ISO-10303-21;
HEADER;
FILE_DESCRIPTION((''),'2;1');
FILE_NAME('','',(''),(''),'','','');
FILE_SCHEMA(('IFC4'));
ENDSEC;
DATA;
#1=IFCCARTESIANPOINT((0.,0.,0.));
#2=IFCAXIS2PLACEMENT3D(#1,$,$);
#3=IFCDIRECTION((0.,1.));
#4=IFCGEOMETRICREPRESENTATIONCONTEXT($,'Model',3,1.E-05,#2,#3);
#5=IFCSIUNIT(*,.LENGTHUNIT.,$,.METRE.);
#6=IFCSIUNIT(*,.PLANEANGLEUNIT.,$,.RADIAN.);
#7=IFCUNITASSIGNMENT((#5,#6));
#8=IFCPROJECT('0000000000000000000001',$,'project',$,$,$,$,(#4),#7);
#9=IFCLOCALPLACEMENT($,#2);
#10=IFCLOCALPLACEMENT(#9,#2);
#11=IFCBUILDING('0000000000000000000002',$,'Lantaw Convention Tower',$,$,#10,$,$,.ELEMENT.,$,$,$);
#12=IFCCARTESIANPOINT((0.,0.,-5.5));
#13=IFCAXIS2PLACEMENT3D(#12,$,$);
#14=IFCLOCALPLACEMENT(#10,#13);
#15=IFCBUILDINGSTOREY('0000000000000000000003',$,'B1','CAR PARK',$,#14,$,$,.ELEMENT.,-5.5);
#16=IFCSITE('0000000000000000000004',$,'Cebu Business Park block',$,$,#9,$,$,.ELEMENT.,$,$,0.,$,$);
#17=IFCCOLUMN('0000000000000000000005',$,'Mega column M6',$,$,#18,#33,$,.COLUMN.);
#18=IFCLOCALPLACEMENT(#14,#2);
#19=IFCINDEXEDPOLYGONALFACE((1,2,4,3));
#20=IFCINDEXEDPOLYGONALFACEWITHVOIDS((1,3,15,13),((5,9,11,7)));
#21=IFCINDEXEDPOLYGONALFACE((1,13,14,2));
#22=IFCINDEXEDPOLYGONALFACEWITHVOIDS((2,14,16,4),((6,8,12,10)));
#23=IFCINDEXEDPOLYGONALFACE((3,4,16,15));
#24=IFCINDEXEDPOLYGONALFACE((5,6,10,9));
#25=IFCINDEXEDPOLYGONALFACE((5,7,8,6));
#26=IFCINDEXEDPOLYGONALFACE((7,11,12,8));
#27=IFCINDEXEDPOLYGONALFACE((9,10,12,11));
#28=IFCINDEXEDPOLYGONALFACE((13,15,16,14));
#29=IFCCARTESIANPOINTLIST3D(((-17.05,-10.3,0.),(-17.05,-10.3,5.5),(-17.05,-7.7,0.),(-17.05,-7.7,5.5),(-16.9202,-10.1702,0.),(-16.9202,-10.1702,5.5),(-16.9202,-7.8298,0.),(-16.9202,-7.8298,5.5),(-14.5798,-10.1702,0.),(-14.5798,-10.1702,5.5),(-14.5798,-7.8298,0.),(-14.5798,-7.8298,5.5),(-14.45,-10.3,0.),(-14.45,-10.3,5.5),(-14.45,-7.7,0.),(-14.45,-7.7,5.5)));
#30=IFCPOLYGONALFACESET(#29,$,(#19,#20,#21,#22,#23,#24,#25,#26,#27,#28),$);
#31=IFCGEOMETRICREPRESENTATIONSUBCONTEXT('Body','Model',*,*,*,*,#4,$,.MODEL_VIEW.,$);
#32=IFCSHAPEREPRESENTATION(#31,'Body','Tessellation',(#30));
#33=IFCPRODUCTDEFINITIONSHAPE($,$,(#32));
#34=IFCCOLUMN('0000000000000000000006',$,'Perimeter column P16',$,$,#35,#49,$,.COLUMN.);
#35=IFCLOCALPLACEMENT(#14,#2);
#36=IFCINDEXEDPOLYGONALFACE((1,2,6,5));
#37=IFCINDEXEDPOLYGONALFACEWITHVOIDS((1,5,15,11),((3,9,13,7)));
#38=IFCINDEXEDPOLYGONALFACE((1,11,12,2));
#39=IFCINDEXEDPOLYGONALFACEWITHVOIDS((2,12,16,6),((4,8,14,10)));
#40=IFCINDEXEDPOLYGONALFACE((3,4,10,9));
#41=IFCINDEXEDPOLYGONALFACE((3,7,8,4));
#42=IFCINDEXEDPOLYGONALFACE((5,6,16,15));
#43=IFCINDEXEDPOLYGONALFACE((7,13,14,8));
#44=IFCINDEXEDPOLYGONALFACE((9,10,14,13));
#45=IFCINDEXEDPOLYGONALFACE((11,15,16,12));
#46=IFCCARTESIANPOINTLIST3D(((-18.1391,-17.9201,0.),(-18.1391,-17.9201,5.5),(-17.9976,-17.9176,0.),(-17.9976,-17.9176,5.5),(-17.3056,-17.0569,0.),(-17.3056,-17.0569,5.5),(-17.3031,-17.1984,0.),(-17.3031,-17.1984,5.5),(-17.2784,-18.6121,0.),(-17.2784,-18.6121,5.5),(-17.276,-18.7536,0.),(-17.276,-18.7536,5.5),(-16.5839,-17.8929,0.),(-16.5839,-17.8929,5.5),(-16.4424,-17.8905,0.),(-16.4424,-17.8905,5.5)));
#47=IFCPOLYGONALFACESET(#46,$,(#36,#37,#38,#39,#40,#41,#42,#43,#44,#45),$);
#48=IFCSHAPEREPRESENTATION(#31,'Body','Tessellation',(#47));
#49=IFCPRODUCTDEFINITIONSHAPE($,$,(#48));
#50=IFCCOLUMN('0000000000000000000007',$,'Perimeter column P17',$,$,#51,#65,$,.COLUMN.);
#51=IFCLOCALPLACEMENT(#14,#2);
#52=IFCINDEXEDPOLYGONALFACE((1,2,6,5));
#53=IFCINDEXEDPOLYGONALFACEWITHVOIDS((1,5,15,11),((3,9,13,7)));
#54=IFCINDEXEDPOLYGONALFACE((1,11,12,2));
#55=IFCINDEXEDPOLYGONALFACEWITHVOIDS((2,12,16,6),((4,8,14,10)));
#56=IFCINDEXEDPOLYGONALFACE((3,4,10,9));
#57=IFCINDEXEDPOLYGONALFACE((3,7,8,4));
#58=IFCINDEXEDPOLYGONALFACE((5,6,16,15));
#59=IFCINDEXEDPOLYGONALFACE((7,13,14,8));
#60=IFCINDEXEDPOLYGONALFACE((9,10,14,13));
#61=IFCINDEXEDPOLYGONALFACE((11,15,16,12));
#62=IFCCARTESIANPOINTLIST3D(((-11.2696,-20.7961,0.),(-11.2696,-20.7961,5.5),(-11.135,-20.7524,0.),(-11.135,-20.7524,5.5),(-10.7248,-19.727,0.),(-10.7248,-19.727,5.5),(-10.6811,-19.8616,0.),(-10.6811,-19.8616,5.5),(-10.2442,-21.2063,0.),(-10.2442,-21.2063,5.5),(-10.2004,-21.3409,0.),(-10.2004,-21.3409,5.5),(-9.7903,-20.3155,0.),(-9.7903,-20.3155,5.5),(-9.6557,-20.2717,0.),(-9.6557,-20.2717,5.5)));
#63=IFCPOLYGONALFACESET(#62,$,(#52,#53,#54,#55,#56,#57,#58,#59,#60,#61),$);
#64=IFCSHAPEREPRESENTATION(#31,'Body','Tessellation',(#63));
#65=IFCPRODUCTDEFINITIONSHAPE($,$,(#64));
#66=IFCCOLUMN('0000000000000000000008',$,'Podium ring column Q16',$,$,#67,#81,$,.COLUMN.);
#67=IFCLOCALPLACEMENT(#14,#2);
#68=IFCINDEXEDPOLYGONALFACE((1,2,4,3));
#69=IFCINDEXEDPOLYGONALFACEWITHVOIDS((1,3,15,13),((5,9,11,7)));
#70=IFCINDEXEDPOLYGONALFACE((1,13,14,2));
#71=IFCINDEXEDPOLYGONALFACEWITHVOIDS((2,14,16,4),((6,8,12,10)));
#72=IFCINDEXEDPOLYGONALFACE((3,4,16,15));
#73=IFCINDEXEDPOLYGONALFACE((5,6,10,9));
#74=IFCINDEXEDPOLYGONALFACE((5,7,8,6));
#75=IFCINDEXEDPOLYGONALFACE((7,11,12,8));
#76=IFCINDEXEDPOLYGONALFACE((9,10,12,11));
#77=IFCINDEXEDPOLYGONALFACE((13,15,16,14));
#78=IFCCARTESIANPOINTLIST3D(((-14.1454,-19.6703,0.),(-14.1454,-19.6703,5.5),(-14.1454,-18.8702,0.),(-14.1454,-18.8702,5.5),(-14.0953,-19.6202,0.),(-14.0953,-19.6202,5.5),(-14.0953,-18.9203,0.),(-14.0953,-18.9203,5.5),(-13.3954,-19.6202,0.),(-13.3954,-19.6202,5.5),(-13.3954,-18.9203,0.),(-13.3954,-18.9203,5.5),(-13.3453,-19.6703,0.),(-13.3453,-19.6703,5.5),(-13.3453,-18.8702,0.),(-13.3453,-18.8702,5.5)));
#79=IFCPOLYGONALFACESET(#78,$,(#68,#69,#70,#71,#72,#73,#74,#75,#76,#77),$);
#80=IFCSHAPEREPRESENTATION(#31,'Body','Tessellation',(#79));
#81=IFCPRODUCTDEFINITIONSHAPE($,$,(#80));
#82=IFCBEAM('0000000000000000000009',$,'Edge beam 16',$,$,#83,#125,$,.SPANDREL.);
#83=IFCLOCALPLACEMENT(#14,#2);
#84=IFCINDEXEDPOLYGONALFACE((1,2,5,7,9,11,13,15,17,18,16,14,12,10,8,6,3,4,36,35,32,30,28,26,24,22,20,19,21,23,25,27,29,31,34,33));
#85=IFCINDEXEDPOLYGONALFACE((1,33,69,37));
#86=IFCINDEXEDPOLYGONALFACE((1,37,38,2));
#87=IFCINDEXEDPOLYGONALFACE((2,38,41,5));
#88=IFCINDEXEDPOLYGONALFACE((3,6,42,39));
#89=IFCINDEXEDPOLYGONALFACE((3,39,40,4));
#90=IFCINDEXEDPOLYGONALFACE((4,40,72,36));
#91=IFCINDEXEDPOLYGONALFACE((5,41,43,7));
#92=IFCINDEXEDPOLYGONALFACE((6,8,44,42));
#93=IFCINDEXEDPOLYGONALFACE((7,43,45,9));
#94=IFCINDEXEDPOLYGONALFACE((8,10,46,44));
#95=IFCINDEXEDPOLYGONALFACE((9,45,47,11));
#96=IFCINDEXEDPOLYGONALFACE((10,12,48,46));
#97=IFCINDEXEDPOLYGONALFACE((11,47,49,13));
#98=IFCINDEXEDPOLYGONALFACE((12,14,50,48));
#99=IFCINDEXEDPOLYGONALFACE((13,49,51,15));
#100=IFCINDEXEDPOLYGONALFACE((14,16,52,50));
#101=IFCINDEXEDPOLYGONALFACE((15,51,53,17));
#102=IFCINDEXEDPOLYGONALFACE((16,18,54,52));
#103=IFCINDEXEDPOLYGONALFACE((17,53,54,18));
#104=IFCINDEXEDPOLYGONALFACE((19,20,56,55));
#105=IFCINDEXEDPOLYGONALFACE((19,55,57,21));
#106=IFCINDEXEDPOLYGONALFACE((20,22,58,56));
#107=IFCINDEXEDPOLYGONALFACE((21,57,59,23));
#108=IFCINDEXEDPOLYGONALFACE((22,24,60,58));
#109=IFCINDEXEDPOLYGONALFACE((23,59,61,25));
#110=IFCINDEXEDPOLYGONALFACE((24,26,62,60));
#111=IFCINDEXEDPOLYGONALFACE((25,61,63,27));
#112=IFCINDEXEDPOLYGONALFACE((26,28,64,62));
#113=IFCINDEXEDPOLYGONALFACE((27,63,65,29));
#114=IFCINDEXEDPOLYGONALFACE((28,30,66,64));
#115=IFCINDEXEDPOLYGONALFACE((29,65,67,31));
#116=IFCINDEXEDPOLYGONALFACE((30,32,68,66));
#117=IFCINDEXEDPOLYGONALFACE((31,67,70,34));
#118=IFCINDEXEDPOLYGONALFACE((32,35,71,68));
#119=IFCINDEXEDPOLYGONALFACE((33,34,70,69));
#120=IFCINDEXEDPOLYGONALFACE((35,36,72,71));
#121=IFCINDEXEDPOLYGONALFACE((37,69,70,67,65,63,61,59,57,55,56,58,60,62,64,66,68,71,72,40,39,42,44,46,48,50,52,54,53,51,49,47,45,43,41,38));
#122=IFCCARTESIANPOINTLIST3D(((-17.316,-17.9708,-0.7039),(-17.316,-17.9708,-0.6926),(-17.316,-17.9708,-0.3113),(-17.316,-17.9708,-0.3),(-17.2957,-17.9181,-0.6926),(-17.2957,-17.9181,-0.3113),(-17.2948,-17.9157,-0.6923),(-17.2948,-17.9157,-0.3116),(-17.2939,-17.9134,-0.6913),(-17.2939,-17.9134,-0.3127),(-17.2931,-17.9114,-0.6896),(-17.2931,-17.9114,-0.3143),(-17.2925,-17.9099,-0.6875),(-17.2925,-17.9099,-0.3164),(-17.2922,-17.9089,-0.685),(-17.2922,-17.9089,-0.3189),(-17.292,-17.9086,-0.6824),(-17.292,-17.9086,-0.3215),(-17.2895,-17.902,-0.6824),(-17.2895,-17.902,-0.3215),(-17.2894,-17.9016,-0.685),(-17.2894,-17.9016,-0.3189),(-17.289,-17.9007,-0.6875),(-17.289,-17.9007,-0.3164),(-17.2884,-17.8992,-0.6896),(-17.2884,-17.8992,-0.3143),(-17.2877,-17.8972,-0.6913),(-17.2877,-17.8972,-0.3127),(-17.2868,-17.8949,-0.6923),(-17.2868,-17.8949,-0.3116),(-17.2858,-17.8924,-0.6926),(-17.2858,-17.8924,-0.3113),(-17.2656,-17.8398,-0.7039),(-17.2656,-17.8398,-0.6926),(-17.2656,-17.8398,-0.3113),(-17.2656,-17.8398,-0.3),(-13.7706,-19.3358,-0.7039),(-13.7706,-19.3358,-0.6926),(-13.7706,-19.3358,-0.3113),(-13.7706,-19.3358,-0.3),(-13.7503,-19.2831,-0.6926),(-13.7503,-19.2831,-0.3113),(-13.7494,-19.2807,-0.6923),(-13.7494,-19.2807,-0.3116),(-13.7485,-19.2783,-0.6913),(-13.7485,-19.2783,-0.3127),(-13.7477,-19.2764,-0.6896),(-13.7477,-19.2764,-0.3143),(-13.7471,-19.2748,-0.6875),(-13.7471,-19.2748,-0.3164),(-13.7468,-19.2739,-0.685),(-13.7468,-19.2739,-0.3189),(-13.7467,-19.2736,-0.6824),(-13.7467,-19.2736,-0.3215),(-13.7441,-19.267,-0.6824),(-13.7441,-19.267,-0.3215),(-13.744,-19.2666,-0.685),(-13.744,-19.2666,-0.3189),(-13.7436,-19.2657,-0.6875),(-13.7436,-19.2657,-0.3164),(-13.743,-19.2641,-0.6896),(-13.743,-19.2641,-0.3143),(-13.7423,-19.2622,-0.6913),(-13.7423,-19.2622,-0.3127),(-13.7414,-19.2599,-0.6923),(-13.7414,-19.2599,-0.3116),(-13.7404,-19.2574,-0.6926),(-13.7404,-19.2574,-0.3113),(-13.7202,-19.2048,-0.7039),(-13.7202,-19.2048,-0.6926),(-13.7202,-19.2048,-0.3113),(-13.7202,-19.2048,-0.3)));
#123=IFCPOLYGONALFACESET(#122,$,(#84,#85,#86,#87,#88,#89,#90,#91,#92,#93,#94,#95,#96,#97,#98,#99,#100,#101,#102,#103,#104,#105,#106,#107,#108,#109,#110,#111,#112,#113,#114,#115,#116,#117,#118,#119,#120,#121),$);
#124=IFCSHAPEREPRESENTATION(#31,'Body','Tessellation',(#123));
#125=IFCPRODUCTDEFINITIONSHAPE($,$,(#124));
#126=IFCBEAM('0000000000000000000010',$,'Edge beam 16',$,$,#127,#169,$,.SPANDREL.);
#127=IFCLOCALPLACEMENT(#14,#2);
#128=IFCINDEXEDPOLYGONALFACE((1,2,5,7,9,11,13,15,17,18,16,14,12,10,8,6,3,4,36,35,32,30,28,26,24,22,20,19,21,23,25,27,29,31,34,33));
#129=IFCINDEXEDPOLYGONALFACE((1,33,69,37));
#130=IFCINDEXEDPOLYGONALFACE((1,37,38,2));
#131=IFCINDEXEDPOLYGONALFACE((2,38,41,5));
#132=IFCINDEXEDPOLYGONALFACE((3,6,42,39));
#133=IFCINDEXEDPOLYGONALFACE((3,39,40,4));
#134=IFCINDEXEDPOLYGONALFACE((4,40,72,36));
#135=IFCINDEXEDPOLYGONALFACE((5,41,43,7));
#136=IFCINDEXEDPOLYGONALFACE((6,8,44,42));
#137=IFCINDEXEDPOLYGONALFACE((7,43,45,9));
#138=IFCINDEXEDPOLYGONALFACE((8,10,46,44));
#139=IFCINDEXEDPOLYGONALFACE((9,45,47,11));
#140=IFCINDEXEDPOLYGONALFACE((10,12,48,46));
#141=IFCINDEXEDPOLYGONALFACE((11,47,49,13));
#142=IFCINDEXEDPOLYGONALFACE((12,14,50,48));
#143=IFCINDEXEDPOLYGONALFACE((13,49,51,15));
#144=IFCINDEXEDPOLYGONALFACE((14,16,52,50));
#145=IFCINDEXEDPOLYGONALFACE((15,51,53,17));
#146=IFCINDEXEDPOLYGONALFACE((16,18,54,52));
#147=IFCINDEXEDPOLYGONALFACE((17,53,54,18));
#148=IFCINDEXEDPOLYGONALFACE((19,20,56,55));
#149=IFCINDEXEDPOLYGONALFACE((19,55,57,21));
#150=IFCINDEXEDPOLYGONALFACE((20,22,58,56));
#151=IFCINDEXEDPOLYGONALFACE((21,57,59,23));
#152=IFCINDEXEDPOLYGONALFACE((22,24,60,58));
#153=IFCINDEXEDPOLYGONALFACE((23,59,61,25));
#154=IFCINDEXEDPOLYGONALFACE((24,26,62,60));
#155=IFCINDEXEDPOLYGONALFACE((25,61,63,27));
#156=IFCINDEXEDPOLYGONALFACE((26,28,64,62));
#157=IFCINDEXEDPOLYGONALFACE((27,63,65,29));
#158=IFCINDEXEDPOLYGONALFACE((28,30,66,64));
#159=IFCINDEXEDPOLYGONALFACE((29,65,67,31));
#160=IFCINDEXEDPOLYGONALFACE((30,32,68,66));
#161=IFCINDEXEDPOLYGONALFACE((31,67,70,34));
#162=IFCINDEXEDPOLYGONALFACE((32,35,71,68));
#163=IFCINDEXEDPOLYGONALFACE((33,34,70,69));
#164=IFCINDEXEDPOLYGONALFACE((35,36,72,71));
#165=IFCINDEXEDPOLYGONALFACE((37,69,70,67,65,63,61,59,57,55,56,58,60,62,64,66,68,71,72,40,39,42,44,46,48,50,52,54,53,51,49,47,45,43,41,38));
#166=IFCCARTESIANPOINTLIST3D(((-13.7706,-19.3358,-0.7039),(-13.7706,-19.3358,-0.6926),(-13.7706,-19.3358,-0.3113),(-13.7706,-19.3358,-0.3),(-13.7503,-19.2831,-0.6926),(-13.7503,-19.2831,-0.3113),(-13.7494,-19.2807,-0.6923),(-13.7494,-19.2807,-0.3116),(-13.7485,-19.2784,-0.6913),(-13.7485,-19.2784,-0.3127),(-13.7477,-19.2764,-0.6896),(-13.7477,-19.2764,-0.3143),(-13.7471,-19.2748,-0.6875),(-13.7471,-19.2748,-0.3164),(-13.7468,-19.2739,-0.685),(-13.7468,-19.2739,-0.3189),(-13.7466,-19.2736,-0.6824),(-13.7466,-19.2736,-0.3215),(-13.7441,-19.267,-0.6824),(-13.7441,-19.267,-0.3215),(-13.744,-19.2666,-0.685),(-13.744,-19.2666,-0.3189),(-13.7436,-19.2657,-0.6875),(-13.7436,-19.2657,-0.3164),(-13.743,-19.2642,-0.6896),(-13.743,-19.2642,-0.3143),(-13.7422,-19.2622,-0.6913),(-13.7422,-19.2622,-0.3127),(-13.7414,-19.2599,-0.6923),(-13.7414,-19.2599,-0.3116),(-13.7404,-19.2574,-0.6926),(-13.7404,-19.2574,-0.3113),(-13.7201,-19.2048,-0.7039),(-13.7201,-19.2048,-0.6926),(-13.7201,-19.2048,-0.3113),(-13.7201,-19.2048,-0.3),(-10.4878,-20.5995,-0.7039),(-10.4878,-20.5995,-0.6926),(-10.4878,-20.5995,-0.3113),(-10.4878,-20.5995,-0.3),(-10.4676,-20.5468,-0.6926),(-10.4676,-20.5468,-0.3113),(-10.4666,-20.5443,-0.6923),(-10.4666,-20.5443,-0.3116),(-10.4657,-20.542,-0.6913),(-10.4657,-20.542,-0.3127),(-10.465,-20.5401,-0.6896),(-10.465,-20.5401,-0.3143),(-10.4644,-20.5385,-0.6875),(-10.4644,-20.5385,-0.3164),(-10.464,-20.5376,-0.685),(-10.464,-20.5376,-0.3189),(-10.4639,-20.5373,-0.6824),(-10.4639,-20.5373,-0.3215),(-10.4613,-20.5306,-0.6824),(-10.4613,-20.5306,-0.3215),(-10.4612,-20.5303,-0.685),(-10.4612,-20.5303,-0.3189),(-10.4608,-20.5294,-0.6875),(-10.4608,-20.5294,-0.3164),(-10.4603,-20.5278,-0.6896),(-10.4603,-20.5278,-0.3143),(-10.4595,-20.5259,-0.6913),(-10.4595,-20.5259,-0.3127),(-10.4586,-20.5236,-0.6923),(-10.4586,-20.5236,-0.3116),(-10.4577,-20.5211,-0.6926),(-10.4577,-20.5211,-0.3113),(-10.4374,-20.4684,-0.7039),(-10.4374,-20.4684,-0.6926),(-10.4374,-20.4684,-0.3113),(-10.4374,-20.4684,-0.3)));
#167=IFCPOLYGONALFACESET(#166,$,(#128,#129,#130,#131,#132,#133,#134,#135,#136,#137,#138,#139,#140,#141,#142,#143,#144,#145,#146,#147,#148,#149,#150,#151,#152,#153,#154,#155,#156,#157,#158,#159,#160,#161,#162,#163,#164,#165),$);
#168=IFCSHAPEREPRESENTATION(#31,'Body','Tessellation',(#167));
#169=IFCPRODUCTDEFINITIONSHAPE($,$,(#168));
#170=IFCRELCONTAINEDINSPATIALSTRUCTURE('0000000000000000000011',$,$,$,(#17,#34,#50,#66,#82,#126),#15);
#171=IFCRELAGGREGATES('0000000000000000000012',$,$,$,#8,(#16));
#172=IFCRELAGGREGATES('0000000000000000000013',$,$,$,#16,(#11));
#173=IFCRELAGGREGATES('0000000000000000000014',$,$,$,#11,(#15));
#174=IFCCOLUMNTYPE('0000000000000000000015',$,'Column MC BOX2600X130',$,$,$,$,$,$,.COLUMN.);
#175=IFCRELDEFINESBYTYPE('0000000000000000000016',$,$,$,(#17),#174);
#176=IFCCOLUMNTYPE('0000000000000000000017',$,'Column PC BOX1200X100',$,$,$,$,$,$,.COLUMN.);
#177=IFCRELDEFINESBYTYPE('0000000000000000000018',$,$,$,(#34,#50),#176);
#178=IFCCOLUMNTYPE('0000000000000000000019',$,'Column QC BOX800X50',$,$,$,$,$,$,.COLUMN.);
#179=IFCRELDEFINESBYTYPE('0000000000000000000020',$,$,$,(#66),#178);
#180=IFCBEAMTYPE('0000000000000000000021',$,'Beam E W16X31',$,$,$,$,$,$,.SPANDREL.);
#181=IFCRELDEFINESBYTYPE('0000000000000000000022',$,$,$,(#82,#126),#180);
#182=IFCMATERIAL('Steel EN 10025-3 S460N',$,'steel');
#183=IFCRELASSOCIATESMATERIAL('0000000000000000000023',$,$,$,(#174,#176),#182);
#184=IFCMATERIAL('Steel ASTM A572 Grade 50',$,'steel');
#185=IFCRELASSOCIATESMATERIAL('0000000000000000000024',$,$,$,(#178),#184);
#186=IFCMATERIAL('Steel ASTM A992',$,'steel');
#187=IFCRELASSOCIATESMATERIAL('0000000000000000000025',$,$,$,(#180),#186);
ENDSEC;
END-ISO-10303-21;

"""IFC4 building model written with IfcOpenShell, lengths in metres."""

from ifc_helpers import new_model, si_unit, direction, frame, origin, origin_2d, place, context, subcontext, project, spatial, rectangle, hollow_rectangle, i_section, extrude, material, material_profile, profile_set, type_object, element, save


model = new_model("IFC4")

# Units and contexts
model_context = context("Model", 3, precision=1e-05, world=origin(), true_north=direction((0.0, 1.0)))
body_context = subcontext(model_context, "Body", "Model", "MODEL_VIEW")
ifc_project = project(units=[si_unit("LENGTHUNIT", "METRE"), si_unit("PLANEANGLEUNIT", "RADIAN")], contexts=[model_context])

# Site, building, storey
site_placement = place(None, origin())
site = spatial("IfcSite", under=ifc_project, at=site_placement, Name="Cebu Business Park block", CompositionType="ELEMENT", RefElevation=0.0)
building_placement = place(site_placement, origin())
building = spatial("IfcBuilding", under=site, at=building_placement, Name="Lantaw Convention Tower", CompositionType="ELEMENT")
storey_placement = place(building_placement, frame((0.0, 0.0, -5.5)))
storey = spatial("IfcBuildingStorey", under=building, at=storey_placement, Name="B1", Description="CAR PARK", CompositionType="ELEMENT", Elevation=-5.5)

# Columns
ifc_material_1 = material(Name="Steel EN 10025-3 S460N", Category="steel")
ifc_material_profile_1 = material_profile(ifc_material_1, hollow_rectangle(XDim=2.6001, YDim=2.6001, WallThickness=0.1299, at=origin_2d()), Name="BOX2600X130")
ifc_material_2 = material(Name="Concrete C60/75", Category="concrete")
ifc_material_profile_2 = material_profile(ifc_material_2, rectangle(XDim=2.3401, YDim=2.3401, at=origin_2d()), Name="Concrete fill of BOX2600X130")
ifc_profile_set_1 = profile_set([ifc_material_profile_1, ifc_material_profile_2], Name="Steel EN 10025-3 S460N")
column_type_1 = type_object("IfcColumnType", Name="Column MC BOX2600X130", PredefinedType="COLUMN", material=ifc_profile_set_1)
column_1_placement = place(storey_placement, frame((-15.75, -9.0, 0.0), z_axis=(0.0, 0.0, 1.0), x_axis=(1.0, 0.0, 0.0)))
element("IfcColumn", 1, at=column_1_placement, inside=storey, type_object=column_type_1, Name="Mega column M6", PredefinedType="COLUMN", context=body_context, shape_type="SweptSolid", body=[
    extrude(hollow_rectangle(XDim=2.6001, YDim=2.6001, WallThickness=0.1299, at=origin_2d()), origin(), (0.0, 0.0, 1.0), 5.5),
])
ifc_material_profile_3 = material_profile(ifc_material_1, hollow_rectangle(XDim=1.2, YDim=1.2, WallThickness=0.1001, at=origin_2d()), Name="BOX1200X100")
ifc_material_profile_4 = material_profile(ifc_material_2, rectangle(XDim=1.0, YDim=1.0, at=origin_2d()), Name="Concrete fill of BOX1200X100")
ifc_profile_set_2 = profile_set([ifc_material_profile_3, ifc_material_profile_4], Name="Steel EN 10025-3 S460N")
column_type_2 = type_object("IfcColumnType", Name="Column PC BOX1200X100", PredefinedType="COLUMN", material=ifc_profile_set_2)
for number, where, z_axis, x_axis, name in (
    (2, (-17.2908, -17.9053, 0.0), (0.0, 0.0, 1.0), (0.694658, 0.71934, 0.0), "Perimeter column P16"),
    (3, (-10.4626, -20.5339, 0.0), (0.0, 0.0, 1.0), (0.45399, 0.891007, 0.0), "Perimeter column P17"),
):
    element("IfcColumn", number, at=place(storey_placement, frame(where, z_axis=z_axis, x_axis=x_axis)), inside=storey, type_object=column_type_2, Name=name, PredefinedType="COLUMN", context=body_context, shape_type="SweptSolid", body=[
        extrude(hollow_rectangle(XDim=1.2, YDim=1.2, WallThickness=0.1001, at=origin_2d()), origin(), (0.0, 0.0, 1.0), 5.5),
    ])
ifc_material_3 = material(Name="Steel ASTM A572 Grade 50", Category="steel")
ifc_material_profile_5 = material_profile(ifc_material_3, hollow_rectangle(XDim=0.8, YDim=0.8, WallThickness=0.05, at=origin_2d()), Name="BOX800X50")
ifc_profile_set_3 = profile_set([ifc_material_profile_5], Name="Steel ASTM A572 Grade 50")
column_type_3 = type_object("IfcColumnType", Name="Column QC BOX800X50", PredefinedType="COLUMN", material=ifc_profile_set_3)
column_2_placement = place(storey_placement, frame((-13.7454, -19.2703, 0.0), z_axis=(0.0, 0.0, 1.0), x_axis=(1.0, 0.0, 0.0)))
element("IfcColumn", 4, at=column_2_placement, inside=storey, type_object=column_type_3, Name="Podium ring column Q16", PredefinedType="COLUMN", context=body_context, shape_type="SweptSolid", body=[
    extrude(hollow_rectangle(XDim=0.8, YDim=0.8, WallThickness=0.05, at=origin_2d()), origin(), (0.0, 0.0, 1.0), 5.5),
])

# Beams
ifc_material_4 = material(Name="Steel ASTM A992", Category="steel")
ifc_material_profile_6 = material_profile(ifc_material_4, i_section(OverallWidth=0.1404, OverallDepth=0.4038, WebThickness=0.0071, FlangeThickness=0.0112, FilletRadius=0.0103, at=origin_2d()), Name="W16X31")
ifc_profile_set_4 = profile_set([ifc_material_profile_6], Name="Steel ASTM A992")
beam_type_1 = type_object("IfcBeamType", Name="Beam E W16X31", PredefinedType="SPANDREL", material=ifc_profile_set_4)
beam_1_placement = place(storey_placement, frame((-17.2908, -17.9053, -0.502), z_axis=(0.933225, -0.359293, 0.0), x_axis=(0.359293, 0.933225, 0.0)))
element("IfcBeam", 5, at=beam_1_placement, inside=storey, type_object=beam_type_1, Name="Edge beam 16", PredefinedType="SPANDREL", context=body_context, shape_type="SweptSolid", body=[
    extrude(i_section(OverallWidth=0.1404, OverallDepth=0.4038, WebThickness=0.0071, FlangeThickness=0.0112, FilletRadius=0.0103, at=origin_2d()), origin(), (0.0, 0.0, 1.0), 3.7991),
])
beam_2_placement = place(storey_placement, frame((-13.7454, -19.2703, -0.502), z_axis=(0.933242, -0.359249, 0.0), x_axis=(0.359249, 0.933242, 0.0)))
element("IfcBeam", 6, at=beam_2_placement, inside=storey, type_object=beam_type_1, Name="Edge beam 16", PredefinedType="SPANDREL", context=body_context, shape_type="SweptSolid", body=[
    extrude(i_section(OverallWidth=0.1404, OverallDepth=0.4038, WebThickness=0.0071, FlangeThickness=0.0112, FilletRadius=0.0103, at=origin_2d()), origin(), (0.0, 0.0, 1.0), 3.5176),
])

save(model, "model.ifc")
